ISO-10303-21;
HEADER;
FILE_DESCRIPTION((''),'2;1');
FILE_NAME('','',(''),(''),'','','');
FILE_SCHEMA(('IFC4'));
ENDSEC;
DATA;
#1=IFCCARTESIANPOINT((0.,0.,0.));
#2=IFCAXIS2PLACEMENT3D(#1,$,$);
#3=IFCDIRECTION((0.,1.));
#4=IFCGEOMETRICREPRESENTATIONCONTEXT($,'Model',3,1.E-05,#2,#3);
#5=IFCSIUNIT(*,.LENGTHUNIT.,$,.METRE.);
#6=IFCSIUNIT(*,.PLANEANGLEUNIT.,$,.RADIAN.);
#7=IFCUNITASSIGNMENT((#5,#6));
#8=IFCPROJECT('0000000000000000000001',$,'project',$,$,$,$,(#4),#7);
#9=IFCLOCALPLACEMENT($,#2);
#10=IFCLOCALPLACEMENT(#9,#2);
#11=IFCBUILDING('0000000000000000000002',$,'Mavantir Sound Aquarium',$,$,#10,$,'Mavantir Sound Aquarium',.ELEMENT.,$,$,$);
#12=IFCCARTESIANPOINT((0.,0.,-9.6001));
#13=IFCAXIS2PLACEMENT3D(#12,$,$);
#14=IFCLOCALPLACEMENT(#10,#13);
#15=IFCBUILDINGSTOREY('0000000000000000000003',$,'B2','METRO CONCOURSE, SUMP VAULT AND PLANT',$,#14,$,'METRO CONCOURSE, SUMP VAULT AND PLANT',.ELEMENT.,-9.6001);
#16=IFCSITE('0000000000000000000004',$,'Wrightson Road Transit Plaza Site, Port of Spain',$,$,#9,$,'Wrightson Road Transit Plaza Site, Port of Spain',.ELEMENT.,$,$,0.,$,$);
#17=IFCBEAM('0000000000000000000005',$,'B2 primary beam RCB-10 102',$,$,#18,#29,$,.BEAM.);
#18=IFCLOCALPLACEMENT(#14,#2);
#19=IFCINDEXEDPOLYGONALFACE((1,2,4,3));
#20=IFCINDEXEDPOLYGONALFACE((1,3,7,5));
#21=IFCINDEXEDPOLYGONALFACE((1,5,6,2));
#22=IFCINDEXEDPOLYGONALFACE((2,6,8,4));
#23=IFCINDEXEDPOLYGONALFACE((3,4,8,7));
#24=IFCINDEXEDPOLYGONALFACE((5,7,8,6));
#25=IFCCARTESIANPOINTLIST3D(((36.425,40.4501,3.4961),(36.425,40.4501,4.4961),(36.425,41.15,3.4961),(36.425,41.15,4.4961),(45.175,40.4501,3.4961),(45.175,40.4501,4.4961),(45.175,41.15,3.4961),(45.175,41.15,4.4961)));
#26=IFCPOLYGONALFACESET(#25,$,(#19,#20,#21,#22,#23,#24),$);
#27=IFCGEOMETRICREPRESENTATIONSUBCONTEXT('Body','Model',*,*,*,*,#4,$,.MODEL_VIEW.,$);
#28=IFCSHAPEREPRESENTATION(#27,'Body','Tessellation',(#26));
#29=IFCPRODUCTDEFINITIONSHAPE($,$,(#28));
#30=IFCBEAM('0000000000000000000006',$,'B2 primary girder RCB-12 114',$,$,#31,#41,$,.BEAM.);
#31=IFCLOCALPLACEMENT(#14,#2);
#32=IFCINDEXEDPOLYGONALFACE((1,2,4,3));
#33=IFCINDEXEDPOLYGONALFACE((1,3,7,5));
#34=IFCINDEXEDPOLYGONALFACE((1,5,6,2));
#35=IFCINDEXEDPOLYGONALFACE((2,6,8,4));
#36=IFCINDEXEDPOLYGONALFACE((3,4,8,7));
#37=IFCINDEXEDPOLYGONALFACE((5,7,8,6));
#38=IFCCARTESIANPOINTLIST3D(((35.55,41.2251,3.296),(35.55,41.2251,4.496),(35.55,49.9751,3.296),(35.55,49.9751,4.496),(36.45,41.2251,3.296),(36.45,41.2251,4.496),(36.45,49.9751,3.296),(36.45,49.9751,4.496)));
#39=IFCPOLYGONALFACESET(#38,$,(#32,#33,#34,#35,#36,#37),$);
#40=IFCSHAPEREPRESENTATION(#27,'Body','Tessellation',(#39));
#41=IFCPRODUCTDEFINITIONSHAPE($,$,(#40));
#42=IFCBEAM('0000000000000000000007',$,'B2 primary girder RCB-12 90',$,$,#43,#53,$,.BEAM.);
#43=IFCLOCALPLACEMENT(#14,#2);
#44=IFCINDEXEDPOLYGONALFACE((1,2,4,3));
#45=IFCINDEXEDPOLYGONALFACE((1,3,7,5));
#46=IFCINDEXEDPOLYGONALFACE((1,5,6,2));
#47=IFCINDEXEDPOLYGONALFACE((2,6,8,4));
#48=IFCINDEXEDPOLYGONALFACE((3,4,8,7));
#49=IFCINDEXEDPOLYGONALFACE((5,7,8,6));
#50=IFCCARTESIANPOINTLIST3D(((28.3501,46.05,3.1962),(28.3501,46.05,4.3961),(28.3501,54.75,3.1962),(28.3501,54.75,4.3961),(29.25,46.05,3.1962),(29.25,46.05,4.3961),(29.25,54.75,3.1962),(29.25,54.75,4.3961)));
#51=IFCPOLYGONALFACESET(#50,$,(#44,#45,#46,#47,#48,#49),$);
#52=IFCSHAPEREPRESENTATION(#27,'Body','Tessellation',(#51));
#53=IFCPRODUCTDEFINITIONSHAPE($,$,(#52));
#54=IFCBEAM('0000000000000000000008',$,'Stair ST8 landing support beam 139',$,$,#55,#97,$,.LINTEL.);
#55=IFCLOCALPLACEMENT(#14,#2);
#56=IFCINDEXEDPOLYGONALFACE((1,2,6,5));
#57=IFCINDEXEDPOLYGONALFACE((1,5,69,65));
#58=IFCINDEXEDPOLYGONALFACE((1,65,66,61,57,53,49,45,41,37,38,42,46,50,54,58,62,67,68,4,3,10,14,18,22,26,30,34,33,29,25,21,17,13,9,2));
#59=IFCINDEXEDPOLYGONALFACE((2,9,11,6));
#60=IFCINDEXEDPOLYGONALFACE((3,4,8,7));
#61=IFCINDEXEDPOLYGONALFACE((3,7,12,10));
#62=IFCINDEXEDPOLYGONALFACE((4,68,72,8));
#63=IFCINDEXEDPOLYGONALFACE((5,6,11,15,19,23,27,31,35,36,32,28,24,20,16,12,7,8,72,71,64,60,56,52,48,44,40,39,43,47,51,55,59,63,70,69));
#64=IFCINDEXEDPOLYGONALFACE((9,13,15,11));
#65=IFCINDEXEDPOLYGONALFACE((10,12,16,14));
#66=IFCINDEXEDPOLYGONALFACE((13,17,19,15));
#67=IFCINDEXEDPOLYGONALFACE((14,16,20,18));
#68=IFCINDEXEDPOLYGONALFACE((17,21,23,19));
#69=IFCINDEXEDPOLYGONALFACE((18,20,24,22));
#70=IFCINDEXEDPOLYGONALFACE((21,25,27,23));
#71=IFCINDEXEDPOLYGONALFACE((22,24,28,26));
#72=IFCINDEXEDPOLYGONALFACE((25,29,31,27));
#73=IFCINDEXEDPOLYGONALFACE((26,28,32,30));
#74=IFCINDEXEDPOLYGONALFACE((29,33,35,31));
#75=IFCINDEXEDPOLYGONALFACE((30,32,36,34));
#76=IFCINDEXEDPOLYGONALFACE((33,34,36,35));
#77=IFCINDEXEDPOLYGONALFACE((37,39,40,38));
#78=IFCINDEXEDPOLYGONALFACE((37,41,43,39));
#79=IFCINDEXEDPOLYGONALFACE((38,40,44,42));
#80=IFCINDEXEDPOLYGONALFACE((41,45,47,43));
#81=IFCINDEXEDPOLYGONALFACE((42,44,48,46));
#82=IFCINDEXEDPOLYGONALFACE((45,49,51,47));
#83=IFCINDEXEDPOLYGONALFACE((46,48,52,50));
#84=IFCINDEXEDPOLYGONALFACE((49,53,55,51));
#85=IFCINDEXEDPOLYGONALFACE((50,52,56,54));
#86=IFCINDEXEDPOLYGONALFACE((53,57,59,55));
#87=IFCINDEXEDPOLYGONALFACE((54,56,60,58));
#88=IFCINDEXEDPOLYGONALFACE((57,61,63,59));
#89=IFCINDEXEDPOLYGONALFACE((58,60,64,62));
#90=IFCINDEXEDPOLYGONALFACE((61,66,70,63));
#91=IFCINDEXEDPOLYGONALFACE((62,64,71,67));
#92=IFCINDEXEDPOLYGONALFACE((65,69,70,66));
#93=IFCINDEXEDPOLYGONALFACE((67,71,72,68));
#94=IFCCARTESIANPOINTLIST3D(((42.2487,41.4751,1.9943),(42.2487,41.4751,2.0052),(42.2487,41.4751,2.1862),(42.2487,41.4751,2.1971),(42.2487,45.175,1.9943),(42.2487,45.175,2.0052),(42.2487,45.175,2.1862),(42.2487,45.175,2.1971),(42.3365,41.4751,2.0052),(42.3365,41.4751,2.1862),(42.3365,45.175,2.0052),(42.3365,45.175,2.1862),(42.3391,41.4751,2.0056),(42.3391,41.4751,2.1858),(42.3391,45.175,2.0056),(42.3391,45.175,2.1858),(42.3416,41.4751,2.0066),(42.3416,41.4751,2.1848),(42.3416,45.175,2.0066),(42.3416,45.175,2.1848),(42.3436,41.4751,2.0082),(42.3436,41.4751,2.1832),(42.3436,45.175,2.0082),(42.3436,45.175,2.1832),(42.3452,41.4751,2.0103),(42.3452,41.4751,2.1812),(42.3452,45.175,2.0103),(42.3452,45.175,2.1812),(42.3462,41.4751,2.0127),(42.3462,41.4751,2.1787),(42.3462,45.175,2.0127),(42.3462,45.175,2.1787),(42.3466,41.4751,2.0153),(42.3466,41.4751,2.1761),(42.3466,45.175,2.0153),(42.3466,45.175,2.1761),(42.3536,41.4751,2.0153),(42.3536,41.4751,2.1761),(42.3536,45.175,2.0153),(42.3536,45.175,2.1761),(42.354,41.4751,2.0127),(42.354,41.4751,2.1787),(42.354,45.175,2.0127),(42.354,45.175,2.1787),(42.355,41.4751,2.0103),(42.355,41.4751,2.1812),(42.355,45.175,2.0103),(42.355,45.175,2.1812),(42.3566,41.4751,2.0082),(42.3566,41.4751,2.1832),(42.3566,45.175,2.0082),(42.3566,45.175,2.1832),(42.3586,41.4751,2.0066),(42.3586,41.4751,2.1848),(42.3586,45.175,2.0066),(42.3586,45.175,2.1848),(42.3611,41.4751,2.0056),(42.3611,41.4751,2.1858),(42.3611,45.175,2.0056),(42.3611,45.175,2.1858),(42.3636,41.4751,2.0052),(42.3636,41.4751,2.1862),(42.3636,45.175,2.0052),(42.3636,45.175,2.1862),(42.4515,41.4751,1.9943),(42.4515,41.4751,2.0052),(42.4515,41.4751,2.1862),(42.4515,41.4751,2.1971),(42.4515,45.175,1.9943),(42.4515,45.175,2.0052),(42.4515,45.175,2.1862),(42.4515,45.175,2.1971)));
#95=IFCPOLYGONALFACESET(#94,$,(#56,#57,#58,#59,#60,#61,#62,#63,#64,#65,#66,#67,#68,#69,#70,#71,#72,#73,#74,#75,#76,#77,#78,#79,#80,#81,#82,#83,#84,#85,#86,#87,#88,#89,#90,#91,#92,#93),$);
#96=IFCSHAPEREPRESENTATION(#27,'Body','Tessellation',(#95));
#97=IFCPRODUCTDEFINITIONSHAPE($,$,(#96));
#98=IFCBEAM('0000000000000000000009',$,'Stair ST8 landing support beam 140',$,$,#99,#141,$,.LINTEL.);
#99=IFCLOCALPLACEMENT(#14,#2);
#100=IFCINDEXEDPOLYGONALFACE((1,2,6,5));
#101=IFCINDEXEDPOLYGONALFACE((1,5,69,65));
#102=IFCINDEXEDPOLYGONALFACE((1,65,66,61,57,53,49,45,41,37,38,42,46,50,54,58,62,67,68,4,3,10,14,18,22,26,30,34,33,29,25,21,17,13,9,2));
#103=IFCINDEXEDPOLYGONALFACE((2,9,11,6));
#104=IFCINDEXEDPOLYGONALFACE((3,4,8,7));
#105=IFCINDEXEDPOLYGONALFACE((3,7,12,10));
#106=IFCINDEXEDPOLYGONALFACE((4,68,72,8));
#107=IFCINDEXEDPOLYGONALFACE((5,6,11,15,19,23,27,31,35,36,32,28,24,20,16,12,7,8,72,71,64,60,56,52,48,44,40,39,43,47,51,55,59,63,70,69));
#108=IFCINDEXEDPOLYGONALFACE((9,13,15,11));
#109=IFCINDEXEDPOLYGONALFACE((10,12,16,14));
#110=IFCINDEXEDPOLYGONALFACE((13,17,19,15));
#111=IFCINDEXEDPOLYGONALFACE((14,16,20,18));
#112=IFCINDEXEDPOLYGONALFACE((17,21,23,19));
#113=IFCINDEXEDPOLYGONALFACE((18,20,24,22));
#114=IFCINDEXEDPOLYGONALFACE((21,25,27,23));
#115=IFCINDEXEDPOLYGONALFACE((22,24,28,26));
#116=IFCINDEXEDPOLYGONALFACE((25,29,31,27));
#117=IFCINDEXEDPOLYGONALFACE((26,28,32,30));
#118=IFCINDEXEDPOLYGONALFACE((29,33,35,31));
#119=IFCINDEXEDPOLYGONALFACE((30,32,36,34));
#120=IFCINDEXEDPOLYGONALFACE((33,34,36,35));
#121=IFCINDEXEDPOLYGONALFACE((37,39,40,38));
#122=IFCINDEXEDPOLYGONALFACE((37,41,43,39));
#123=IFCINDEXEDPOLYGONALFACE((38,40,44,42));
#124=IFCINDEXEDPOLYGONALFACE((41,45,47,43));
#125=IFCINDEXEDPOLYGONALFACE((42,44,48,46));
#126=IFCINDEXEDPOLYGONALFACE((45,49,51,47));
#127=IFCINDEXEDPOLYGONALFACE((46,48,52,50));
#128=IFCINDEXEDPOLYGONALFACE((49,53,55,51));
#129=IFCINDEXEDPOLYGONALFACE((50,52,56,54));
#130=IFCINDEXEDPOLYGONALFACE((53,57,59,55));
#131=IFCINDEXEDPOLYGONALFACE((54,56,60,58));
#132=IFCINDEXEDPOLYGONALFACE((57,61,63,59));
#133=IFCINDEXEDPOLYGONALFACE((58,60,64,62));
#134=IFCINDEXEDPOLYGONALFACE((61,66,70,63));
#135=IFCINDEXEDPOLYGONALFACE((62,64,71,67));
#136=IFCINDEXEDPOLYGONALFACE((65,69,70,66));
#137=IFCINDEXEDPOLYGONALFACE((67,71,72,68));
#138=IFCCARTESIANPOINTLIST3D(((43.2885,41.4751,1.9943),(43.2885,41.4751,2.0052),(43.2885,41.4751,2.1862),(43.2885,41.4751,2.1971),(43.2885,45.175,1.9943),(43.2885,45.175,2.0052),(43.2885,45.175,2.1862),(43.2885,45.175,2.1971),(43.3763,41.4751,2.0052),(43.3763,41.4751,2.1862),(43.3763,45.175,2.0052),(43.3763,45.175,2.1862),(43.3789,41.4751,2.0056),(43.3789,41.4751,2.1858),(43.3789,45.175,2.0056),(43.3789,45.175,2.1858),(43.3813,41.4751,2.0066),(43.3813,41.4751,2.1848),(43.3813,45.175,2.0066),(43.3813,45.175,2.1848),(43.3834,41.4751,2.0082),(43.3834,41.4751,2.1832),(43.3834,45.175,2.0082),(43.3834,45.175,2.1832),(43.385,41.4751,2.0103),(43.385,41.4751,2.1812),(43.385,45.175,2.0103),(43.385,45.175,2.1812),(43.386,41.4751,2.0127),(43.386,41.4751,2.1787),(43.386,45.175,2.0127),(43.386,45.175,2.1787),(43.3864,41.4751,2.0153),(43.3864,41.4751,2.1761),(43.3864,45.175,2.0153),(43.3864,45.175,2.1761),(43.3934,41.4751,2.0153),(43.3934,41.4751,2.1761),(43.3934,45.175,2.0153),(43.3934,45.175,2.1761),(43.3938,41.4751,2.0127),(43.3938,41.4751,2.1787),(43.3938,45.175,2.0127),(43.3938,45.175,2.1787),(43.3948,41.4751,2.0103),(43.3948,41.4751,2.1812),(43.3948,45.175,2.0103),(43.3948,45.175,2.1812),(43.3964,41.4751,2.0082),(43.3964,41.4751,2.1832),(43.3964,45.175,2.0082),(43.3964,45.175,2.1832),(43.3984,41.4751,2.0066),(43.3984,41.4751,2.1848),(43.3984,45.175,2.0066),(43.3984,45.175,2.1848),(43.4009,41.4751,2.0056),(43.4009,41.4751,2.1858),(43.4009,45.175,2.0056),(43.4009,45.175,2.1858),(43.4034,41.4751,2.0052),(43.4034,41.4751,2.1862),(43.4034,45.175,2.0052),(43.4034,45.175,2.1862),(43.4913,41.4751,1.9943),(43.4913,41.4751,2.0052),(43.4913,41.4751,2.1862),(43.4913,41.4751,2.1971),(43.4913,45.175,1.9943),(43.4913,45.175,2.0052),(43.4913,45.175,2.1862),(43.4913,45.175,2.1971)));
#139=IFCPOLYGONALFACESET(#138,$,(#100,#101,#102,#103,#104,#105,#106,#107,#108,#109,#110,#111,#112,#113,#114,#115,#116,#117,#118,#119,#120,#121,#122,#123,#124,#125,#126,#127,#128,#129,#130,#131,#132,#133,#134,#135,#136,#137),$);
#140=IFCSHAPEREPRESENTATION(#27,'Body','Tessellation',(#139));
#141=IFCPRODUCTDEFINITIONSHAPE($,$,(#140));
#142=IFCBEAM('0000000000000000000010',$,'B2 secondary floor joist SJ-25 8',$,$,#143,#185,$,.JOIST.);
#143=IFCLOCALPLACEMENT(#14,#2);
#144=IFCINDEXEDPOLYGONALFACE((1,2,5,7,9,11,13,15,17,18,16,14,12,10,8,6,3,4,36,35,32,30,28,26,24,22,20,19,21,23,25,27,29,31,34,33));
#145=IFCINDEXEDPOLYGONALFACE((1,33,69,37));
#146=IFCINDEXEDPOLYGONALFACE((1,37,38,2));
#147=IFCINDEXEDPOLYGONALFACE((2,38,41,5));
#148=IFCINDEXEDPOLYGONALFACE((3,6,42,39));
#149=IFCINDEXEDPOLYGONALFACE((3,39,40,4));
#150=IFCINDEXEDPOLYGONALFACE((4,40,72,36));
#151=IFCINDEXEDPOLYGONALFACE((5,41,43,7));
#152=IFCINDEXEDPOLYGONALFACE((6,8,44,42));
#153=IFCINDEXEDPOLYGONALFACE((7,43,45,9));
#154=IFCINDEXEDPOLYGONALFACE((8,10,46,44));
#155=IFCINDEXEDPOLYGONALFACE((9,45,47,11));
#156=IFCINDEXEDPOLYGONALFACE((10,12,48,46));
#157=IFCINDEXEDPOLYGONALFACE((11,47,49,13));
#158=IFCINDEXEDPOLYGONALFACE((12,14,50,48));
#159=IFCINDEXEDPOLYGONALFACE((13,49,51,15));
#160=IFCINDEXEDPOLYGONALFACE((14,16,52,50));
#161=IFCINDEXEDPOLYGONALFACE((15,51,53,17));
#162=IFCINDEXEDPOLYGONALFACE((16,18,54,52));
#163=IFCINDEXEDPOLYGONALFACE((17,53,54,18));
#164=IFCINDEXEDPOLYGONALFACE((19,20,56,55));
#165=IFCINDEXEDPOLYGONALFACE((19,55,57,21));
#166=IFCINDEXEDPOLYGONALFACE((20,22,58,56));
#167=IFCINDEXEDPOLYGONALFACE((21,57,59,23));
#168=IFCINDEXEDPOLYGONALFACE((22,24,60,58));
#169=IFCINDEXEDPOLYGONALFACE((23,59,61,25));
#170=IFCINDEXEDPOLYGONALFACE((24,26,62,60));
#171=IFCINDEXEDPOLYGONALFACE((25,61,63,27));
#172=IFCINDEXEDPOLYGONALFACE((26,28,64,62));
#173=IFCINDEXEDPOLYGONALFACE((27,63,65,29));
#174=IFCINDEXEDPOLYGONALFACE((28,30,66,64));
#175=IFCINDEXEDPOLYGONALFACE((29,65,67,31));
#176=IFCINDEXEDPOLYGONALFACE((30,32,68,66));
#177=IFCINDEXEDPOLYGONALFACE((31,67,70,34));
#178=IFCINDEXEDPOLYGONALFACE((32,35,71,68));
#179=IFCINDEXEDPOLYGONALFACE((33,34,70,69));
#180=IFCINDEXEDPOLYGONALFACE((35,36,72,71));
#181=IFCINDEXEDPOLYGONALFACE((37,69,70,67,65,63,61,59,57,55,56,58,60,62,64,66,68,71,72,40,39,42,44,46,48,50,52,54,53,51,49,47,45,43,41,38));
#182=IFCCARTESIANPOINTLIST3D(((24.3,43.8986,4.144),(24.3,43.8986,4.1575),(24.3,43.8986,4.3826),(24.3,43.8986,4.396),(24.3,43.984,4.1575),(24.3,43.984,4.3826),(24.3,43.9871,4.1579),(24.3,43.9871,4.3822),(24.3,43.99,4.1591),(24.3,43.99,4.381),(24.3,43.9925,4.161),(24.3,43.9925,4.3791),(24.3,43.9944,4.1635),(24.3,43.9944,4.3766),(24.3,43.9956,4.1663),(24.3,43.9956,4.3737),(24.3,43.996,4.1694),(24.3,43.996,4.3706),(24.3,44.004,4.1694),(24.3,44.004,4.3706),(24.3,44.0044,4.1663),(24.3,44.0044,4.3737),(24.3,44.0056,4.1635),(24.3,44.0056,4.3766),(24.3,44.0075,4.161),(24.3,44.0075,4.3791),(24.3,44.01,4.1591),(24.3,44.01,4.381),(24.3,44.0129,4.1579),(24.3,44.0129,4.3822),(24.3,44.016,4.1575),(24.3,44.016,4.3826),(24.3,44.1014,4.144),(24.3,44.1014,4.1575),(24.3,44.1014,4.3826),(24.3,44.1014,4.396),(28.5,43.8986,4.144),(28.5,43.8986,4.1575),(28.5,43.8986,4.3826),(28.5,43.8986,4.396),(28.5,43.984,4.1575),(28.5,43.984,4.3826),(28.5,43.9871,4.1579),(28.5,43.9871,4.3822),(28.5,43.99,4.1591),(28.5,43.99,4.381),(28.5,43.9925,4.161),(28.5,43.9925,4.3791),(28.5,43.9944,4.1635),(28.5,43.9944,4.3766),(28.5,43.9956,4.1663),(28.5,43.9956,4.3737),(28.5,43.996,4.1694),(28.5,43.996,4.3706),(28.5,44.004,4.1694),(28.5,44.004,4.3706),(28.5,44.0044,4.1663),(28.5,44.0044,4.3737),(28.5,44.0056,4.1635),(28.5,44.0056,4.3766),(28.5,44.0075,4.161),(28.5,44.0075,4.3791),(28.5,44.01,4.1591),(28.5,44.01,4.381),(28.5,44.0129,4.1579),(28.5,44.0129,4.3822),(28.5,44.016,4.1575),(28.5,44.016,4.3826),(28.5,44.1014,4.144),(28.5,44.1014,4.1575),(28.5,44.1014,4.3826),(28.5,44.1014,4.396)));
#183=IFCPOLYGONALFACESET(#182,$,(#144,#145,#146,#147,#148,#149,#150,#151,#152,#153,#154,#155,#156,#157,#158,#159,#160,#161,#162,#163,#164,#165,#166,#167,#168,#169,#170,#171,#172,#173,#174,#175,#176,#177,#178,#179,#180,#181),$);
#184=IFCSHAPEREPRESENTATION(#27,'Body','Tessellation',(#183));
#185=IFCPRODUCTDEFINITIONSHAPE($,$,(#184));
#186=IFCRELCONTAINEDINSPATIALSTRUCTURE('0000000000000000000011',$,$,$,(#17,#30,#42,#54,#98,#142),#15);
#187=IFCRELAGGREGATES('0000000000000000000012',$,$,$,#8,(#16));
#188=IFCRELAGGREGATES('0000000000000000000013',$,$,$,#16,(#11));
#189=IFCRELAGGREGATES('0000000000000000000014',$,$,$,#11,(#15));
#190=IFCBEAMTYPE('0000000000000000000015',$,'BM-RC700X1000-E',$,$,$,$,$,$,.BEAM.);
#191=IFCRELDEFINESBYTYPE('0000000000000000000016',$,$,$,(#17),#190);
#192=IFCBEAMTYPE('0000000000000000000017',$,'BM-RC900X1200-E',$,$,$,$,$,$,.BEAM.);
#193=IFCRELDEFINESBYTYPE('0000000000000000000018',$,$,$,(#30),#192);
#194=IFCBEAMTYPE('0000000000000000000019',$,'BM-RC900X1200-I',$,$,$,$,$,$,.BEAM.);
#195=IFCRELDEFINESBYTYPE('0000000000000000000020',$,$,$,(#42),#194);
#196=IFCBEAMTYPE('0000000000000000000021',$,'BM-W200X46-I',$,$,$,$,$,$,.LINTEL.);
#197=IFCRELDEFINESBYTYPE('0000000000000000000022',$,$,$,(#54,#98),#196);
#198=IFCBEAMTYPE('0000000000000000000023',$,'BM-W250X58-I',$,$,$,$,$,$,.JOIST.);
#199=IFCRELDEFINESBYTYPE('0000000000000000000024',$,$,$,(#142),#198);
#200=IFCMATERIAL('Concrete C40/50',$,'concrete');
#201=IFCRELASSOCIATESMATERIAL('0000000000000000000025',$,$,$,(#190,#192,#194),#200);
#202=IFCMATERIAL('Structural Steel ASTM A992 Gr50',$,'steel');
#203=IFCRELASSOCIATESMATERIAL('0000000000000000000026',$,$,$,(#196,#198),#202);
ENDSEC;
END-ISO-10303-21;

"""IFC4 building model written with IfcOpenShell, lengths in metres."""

from ifc_helpers import new_model, si_unit, direction, frame, origin, origin_2d, place, context, subcontext, project, spatial, rectangle, i_section, extrude, material, material_profile, profile_set, type_object, element, save


model = new_model("IFC4")

# Units and contexts
model_context = context("Model", 3, precision=1e-05, world=origin(), true_north=direction((0.0, 1.0)))
body_context = subcontext(model_context, "Body", "Model", "MODEL_VIEW")
ifc_project = project(units=[si_unit("LENGTHUNIT", "METRE"), si_unit("PLANEANGLEUNIT", "RADIAN")], contexts=[model_context])

# Site, building, storey
site_placement = place(None, origin())
site = spatial("IfcSite", under=ifc_project, at=site_placement, Name="Wrightson Road Transit Plaza Site, Port of Spain", LongName="Wrightson Road Transit Plaza Site, Port of Spain", CompositionType="ELEMENT", RefElevation=0.0)
building_placement = place(site_placement, origin())
building = spatial("IfcBuilding", under=site, at=building_placement, Name="Mavantir Sound Aquarium", LongName="Mavantir Sound Aquarium", CompositionType="ELEMENT")
storey_placement = place(building_placement, frame((0.0, 0.0, -9.6001)))
storey = spatial("IfcBuildingStorey", under=building, at=storey_placement, Name="B2", Description="METRO CONCOURSE, SUMP VAULT AND PLANT", LongName="METRO CONCOURSE, SUMP VAULT AND PLANT", CompositionType="ELEMENT", Elevation=-9.6001)

# Shared definitions
ifc_material_1 = material(Name="Concrete C40/50", Category="concrete")

# Beams
ifc_material_profile_1 = material_profile(ifc_material_1, rectangle(XDim=0.7, YDim=1.0, at=origin_2d()), Name="RC 700X1000")
ifc_profile_set_1 = profile_set([ifc_material_profile_1], Name="Concrete C40/50")
beam_type_1 = type_object("IfcBeamType", Name="BM-RC700X1000-E", PredefinedType="BEAM", material=ifc_profile_set_1)
beam_1_placement = place(storey_placement, frame((36.425, 40.8, 3.9961), z_axis=(1.0, 0.0, 0.0), x_axis=(0.0, 1.0, 0.0)))
element("IfcBeam", 1, at=beam_1_placement, inside=storey, type_object=beam_type_1, Name="B2 primary beam RCB-10 102", PredefinedType="BEAM", context=body_context, shape_type="SweptSolid", body=[
    extrude(rectangle(XDim=0.7, YDim=1.0, at=origin_2d()), origin(), (0.0, 0.0, 1.0), 8.75),
])
ifc_material_profile_2 = material_profile(ifc_material_1, rectangle(XDim=0.8999, YDim=1.2, at=origin_2d()), Name="RC 900X1200")
ifc_profile_set_2 = profile_set([ifc_material_profile_2], Name="Concrete C40/50")
beam_type_2 = type_object("IfcBeamType", Name="BM-RC900X1200-E", PredefinedType="BEAM", material=ifc_profile_set_2)
beam_2_placement = place(storey_placement, frame((36.0, 41.2251, 3.896), z_axis=(0.0, 1.0, 0.0), x_axis=(-1.0, 0.0, 0.0)))
element("IfcBeam", 2, at=beam_2_placement, inside=storey, type_object=beam_type_2, Name="B2 primary girder RCB-12 114", PredefinedType="BEAM", context=body_context, shape_type="SweptSolid", body=[
    extrude(rectangle(XDim=0.8999, YDim=1.2, at=origin_2d()), origin(), (0.0, 0.0, 1.0), 8.75),
])
ifc_material_profile_3 = material_profile(ifc_material_1, rectangle(XDim=0.8999, YDim=1.2, at=origin_2d()), Name="RC 900X1200")
ifc_profile_set_3 = profile_set([ifc_material_profile_3], Name="Concrete C40/50")
beam_type_3 = type_object("IfcBeamType", Name="BM-RC900X1200-I", PredefinedType="BEAM", material=ifc_profile_set_3)
beam_3_placement = place(storey_placement, frame((28.8, 46.05, 3.7961), z_axis=(0.0, 1.0, 0.0), x_axis=(-1.0, 0.0, 0.0)))
element("IfcBeam", 3, at=beam_3_placement, inside=storey, type_object=beam_type_3, Name="B2 primary girder RCB-12 90", PredefinedType="BEAM", context=body_context, shape_type="SweptSolid", body=[
    extrude(rectangle(XDim=0.8999, YDim=1.2, at=origin_2d()), origin(), (0.0, 0.0, 1.0), 8.7),
])
ifc_material_2 = material(Name="Structural Steel ASTM A992 Gr50", Category="steel")
ifc_material_profile_4 = material_profile(ifc_material_2, i_section(OverallWidth=0.2029, OverallDepth=0.2029, WebThickness=0.0071, FlangeThickness=0.011, FilletRadius=0.01, at=origin_2d()), Name="W200X46")
ifc_profile_set_4 = profile_set([ifc_material_profile_4], Name="Structural Steel ASTM A992 Gr50")
beam_type_4 = type_object("IfcBeamType", Name="BM-W200X46-I", PredefinedType="LINTEL", material=ifc_profile_set_4)
for number, where, z_axis, x_axis, name in (
    (4, (42.3501, 41.4751, 2.0957), (0.0, 1.0, 0.0), (-1.0, 0.0, 0.0), "Stair ST8 landing support beam 139"),
    (5, (43.3899, 41.4751, 2.0957), (0.0, 1.0, 0.0), (-1.0, 0.0, 0.0), "Stair ST8 landing support beam 140"),
):
    element("IfcBeam", number, at=place(storey_placement, frame(where, z_axis=z_axis, x_axis=x_axis)), inside=storey, type_object=beam_type_4, Name=name, PredefinedType="LINTEL", context=body_context, shape_type="SweptSolid", body=[
        extrude(i_section(OverallWidth=0.2029, OverallDepth=0.2029, WebThickness=0.0071, FlangeThickness=0.011, FilletRadius=0.01, at=origin_2d()), origin(), (0.0, 0.0, 1.0), 3.7),
    ])
ifc_material_profile_5 = material_profile(ifc_material_2, i_section(OverallWidth=0.2029, OverallDepth=0.252, WebThickness=0.0081, FlangeThickness=0.0134, FilletRadius=0.012, at=origin_2d()), Name="W250X58")
ifc_profile_set_5 = profile_set([ifc_material_profile_5], Name="Structural Steel ASTM A992 Gr50")
beam_type_5 = type_object("IfcBeamType", Name="BM-W250X58-I", PredefinedType="JOIST", material=ifc_profile_set_5)
beam_4_placement = place(storey_placement, frame((24.3, 44.0, 4.27), z_axis=(1.0, 0.0, 0.0), x_axis=(0.0, 1.0, 0.0)))
element("IfcBeam", 6, at=beam_4_placement, inside=storey, type_object=beam_type_5, Name="B2 secondary floor joist SJ-25 8", PredefinedType="JOIST", context=body_context, shape_type="SweptSolid", body=[
    extrude(i_section(OverallWidth=0.2029, OverallDepth=0.252, WebThickness=0.0081, FlangeThickness=0.0134, FilletRadius=0.012, at=origin_2d()), origin(), (0.0, 0.0, 1.0), 4.2),
])

save(model, "model.ifc")
